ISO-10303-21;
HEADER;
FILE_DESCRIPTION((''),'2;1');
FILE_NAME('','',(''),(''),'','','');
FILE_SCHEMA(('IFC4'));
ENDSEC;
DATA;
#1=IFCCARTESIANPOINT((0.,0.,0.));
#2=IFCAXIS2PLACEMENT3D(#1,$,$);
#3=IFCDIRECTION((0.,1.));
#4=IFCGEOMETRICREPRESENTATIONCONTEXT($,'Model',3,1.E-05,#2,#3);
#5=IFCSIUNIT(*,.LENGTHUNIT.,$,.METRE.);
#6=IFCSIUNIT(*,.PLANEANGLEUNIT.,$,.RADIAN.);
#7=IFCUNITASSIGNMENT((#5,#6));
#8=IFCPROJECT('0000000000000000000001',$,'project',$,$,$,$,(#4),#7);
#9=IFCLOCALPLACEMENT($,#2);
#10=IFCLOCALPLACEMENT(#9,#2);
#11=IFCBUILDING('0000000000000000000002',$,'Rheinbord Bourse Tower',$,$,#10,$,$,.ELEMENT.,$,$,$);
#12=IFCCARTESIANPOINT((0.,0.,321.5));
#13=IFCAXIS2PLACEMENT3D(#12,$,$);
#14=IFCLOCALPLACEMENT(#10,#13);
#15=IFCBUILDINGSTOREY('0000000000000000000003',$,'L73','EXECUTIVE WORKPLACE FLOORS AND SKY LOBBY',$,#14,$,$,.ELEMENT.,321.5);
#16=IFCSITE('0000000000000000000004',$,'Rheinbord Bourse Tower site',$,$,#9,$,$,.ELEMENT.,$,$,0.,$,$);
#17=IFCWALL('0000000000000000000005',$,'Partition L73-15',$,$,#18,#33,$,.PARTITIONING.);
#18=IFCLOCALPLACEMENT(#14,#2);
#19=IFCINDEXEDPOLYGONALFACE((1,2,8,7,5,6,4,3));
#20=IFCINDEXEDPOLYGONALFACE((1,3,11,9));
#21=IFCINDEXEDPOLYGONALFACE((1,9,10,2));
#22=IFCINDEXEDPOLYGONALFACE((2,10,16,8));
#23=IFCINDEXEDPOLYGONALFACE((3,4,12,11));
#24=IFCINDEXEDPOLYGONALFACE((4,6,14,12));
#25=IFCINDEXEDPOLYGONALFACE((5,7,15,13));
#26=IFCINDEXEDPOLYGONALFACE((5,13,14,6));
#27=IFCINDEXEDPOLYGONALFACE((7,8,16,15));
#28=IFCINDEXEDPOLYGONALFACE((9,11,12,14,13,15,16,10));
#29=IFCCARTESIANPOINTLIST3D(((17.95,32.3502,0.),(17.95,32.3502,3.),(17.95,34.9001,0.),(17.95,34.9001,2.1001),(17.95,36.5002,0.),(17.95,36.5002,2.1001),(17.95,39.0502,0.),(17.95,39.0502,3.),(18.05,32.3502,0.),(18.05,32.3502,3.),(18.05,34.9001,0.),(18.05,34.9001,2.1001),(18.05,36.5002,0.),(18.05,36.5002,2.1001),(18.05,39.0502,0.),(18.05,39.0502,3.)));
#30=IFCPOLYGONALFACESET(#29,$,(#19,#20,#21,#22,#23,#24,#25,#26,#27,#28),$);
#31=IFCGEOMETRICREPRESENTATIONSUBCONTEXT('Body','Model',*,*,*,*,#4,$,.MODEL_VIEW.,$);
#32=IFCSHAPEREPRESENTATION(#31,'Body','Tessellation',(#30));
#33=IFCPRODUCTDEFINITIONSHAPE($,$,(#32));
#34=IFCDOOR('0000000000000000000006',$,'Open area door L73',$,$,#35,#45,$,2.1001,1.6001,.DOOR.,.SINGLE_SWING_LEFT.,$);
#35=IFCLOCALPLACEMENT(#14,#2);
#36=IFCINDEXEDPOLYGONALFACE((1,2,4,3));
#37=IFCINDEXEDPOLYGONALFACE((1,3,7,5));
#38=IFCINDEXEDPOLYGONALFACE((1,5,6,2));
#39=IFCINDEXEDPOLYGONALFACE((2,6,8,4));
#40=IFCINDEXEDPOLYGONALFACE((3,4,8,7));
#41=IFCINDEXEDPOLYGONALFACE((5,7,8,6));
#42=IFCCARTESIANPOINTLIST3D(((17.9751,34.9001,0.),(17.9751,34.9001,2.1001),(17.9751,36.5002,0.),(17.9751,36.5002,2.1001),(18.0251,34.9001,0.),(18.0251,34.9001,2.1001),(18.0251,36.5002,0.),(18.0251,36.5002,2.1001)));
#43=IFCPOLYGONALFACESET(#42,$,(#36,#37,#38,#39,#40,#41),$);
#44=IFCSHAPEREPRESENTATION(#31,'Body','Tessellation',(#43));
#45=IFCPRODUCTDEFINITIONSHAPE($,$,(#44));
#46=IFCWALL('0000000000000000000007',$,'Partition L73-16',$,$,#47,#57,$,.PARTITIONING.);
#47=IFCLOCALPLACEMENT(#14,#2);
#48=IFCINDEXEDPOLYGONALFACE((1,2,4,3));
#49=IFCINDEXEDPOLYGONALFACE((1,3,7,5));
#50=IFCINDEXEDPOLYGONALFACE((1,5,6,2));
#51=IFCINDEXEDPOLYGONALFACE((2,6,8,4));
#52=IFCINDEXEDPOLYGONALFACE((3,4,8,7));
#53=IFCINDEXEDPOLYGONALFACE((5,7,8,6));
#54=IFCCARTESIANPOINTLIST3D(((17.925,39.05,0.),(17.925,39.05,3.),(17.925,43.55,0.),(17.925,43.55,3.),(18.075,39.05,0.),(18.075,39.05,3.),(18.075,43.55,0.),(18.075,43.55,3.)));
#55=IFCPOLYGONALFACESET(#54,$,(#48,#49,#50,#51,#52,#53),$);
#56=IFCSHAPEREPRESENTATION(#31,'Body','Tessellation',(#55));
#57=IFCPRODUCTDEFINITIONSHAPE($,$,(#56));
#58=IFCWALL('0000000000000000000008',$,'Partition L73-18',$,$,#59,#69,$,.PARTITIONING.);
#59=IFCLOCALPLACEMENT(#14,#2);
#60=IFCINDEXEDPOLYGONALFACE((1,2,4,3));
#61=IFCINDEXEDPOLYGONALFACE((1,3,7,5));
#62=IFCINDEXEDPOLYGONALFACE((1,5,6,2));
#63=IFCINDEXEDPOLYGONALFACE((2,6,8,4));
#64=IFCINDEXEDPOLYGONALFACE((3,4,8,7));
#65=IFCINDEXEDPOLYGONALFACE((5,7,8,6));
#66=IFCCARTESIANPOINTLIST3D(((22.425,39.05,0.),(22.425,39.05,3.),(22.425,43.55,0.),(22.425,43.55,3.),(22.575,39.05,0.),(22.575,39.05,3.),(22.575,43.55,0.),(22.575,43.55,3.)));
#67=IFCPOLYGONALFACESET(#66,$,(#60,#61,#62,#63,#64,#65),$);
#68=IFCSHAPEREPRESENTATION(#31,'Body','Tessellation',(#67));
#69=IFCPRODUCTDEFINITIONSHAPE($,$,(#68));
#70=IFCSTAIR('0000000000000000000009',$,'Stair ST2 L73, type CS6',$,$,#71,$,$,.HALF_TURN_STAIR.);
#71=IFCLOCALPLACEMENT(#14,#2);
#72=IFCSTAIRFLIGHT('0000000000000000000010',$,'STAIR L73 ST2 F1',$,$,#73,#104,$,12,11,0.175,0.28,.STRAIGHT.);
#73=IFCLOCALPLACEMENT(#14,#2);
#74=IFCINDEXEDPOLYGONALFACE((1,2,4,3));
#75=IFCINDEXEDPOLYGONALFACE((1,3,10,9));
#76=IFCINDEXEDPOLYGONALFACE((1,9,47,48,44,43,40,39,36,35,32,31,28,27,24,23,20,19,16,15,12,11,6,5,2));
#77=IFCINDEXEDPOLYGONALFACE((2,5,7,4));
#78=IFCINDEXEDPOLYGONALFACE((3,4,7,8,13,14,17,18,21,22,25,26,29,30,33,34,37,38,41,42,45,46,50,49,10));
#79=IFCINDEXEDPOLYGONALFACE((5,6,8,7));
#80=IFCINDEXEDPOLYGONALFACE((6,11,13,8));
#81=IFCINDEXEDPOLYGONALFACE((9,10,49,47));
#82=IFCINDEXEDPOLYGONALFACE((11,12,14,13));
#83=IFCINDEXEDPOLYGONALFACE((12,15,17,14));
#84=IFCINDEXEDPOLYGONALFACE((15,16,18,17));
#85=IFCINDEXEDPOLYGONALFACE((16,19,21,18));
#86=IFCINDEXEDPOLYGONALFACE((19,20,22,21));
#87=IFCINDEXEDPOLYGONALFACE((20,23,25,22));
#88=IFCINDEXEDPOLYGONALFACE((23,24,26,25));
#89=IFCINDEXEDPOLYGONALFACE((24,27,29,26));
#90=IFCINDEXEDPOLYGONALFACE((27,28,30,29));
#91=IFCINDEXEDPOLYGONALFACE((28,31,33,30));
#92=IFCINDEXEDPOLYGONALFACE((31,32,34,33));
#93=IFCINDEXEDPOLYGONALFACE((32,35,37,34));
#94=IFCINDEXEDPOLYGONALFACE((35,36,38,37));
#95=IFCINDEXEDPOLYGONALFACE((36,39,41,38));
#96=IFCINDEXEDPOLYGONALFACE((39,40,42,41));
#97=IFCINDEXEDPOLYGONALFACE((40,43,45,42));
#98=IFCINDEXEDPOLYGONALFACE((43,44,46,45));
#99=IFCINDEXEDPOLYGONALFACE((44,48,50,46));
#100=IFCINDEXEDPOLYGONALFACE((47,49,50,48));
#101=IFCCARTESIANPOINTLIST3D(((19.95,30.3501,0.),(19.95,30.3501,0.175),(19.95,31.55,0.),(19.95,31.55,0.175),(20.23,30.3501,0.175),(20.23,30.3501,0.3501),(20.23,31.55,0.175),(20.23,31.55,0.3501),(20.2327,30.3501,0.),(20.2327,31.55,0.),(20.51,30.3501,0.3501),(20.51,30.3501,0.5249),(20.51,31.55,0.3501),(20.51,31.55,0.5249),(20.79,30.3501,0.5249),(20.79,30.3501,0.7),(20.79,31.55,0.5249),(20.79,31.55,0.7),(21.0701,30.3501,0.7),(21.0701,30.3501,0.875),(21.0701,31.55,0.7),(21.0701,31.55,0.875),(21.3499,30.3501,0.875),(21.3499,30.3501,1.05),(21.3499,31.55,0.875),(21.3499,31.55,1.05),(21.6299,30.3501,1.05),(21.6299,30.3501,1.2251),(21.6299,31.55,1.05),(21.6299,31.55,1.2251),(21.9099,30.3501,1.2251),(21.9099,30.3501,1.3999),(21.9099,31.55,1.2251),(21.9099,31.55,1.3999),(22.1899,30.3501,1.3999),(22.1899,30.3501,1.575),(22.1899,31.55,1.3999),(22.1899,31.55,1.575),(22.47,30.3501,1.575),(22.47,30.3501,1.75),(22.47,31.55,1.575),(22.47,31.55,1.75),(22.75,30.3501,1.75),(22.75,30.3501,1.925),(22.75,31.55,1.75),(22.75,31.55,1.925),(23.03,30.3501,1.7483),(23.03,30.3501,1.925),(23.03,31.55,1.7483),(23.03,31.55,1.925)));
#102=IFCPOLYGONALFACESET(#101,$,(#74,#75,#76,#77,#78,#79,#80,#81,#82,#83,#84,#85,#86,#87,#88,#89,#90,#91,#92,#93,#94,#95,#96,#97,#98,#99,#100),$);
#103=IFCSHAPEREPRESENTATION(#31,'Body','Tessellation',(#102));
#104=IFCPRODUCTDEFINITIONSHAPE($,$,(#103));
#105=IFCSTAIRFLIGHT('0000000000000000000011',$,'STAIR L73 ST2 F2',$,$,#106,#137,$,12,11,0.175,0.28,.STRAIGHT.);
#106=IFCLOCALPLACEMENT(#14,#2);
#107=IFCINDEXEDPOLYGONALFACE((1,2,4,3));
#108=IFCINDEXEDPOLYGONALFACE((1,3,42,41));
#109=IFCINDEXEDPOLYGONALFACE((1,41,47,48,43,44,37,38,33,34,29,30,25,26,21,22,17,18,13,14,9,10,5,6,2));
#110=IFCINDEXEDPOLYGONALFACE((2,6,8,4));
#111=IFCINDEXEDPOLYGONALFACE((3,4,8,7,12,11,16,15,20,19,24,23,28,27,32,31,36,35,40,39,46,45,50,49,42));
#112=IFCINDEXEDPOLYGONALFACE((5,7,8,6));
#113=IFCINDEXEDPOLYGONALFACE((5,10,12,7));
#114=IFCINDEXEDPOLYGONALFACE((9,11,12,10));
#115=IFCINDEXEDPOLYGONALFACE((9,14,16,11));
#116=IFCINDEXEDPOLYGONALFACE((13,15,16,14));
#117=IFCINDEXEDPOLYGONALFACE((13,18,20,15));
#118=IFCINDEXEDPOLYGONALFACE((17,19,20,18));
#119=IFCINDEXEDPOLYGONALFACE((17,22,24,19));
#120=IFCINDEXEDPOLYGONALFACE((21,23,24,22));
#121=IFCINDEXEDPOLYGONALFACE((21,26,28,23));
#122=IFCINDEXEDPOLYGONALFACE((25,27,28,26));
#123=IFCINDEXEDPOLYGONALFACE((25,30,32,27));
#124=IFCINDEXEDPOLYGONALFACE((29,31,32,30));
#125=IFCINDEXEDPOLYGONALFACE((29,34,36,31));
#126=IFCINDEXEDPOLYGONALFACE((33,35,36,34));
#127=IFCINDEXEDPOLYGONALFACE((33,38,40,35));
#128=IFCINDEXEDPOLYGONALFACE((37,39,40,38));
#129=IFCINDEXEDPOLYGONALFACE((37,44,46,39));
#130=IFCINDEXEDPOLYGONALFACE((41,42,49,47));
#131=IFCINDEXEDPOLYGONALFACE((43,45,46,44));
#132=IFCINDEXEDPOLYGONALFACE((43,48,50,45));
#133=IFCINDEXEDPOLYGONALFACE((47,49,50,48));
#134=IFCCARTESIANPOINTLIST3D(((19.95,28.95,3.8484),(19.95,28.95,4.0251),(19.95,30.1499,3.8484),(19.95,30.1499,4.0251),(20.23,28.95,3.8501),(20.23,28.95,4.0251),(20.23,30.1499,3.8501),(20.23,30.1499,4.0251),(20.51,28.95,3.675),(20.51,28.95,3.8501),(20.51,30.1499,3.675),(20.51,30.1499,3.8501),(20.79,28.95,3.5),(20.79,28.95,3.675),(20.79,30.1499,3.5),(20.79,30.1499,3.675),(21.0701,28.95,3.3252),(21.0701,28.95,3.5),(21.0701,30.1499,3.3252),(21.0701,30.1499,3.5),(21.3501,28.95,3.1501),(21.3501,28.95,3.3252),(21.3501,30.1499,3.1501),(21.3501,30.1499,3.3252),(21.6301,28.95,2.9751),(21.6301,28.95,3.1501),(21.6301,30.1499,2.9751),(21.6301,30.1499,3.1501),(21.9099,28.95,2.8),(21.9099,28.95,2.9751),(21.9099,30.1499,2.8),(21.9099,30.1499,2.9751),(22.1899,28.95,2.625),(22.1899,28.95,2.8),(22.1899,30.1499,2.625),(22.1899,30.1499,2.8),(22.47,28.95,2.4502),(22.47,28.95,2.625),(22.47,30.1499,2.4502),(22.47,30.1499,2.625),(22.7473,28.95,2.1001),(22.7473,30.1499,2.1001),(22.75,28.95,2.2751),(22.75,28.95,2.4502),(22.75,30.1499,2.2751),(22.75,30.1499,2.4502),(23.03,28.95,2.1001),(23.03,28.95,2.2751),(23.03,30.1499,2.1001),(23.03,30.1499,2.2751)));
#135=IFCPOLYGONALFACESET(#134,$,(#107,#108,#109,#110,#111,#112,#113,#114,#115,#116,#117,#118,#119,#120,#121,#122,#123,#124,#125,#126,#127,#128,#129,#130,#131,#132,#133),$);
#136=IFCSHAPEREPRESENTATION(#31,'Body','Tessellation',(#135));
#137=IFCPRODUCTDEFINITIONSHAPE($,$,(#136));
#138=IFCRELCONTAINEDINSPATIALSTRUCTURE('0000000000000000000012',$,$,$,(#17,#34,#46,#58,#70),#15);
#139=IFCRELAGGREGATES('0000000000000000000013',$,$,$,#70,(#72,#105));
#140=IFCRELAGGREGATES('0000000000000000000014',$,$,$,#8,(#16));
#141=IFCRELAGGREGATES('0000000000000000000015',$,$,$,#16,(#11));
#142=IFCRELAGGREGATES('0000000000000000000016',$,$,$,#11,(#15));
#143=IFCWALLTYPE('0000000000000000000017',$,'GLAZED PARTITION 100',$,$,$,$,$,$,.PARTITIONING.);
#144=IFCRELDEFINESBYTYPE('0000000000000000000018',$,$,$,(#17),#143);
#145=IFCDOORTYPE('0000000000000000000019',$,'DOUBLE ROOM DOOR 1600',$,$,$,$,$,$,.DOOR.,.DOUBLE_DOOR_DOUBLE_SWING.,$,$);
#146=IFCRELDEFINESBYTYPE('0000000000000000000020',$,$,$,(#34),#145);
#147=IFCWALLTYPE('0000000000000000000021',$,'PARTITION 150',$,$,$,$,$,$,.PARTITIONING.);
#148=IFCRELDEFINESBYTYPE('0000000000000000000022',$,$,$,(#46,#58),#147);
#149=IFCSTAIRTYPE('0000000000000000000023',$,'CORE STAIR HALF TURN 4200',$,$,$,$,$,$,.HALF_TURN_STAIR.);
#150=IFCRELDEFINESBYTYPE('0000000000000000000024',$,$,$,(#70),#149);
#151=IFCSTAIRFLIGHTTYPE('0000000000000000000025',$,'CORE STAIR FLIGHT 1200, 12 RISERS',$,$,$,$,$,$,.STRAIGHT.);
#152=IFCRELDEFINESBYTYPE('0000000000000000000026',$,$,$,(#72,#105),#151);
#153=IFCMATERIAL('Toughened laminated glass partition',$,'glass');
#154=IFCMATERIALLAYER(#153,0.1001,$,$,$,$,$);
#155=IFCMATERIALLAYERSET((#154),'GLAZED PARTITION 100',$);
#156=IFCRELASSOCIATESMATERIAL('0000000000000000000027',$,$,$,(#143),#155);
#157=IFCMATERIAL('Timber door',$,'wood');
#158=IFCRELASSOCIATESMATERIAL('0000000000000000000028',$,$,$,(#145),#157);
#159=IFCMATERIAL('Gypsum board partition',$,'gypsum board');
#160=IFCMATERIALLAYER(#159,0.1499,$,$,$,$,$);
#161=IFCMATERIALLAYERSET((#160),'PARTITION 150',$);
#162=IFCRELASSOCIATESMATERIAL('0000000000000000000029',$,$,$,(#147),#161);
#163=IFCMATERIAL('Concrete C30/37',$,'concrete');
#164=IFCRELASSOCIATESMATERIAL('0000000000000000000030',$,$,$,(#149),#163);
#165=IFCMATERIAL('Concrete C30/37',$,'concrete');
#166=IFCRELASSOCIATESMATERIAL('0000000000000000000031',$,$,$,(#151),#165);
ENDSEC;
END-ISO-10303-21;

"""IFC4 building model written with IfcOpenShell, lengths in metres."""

from ifc_helpers import new_model, si_unit, direction, frame, frame_2d, origin, place, context, subcontext, project, spatial, polyline, rectangle, outline, extrude, material, layer, layer_set, type_object, element, fill, aggregate, save


model = new_model("IFC4")

# Units and contexts
model_context = context("Model", 3, precision=1e-05, world=origin(), true_north=direction((0.0, 1.0)))
body_context = subcontext(model_context, "Body", "Model", "MODEL_VIEW")
ifc_project = project(units=[si_unit("LENGTHUNIT", "METRE"), si_unit("PLANEANGLEUNIT", "RADIAN")], contexts=[model_context])

# Site, building, storey
site_placement = place(None, origin())
site = spatial("IfcSite", under=ifc_project, at=site_placement, Name="Rheinbord Bourse Tower site", CompositionType="ELEMENT", RefElevation=0.0)
building_placement = place(site_placement, origin())
building = spatial("IfcBuilding", under=site, at=building_placement, Name="Rheinbord Bourse Tower", CompositionType="ELEMENT")
storey_placement = place(building_placement, frame((0.0, 0.0, 321.5)))
storey = spatial("IfcBuildingStorey", under=building, at=storey_placement, Name="L73", Description="EXECUTIVE WORKPLACE FLOORS AND SKY LOBBY", CompositionType="ELEMENT", Elevation=321.5)

# Wall, opening, door
ifc_material_1 = material(Name="Toughened laminated glass partition", Category="glass")
ifc_layer_1 = layer(ifc_material_1, 0.1001)
ifc_layer_set_1 = layer_set([ifc_layer_1], Name="GLAZED PARTITION 100")
wall_type_1 = type_object("IfcWallType", Name="GLAZED PARTITION 100", PredefinedType="PARTITIONING", material=ifc_layer_set_1)
wall_1_placement = place(storey_placement, frame((18.0, 32.3501, 0.0), z_axis=(0.0, 0.0, 1.0), x_axis=(0.0, 1.0, 0.0)))
wall_1 = element("IfcWall", 1, at=wall_1_placement, inside=storey, type_object=wall_type_1, Name="Partition L73-15", PredefinedType="PARTITIONING", context=body_context, shape_type="SweptSolid", body=[
    extrude(rectangle(XDim=6.7, YDim=0.1001, at=frame_2d((3.3501, 0.0))), origin(), (0.0, 0.0, 1.0), 3.0),
])
opening_1_placement = place(wall_1_placement, frame((2.55, 0.0, 0.0)))
opening_1 = element("IfcOpeningElement", 2, at=opening_1_placement, cuts=wall_1, PredefinedType="OPENING", context=body_context, shape_type="SweptSolid", body=[
    extrude(rectangle(XDim=1.6001, YDim=2.1001, at=frame_2d((0.8, 1.05))), frame((0.0, 0.0601, 0.0), z_axis=(0.0, -1.0, 0.0), x_axis=(1.0, 0.0, 0.0)), (0.0, 0.0, 1.0), 0.1201),
])
ifc_material_2 = material(Name="Timber door", Category="wood")
door_type_1 = type_object("IfcDoorType", Name="DOUBLE ROOM DOOR 1600", OperationType="DOUBLE_DOOR_DOUBLE_SWING", PredefinedType="DOOR", material=ifc_material_2)
door_1_placement = place(opening_1_placement, origin())
door_1 = element("IfcDoor", 3, at=door_1_placement, inside=storey, type_object=door_type_1, Name="Open area door L73", OperationType="SINGLE_SWING_LEFT", OverallHeight=2.1001, OverallWidth=1.6001, PredefinedType="DOOR", context=body_context, shape_type="SweptSolid", body=[
    extrude(rectangle(XDim=1.6001, YDim=2.1001, at=frame_2d((0.8, 1.05))), frame((0.0, 0.0249, 0.0), z_axis=(0.0, -1.0, 0.0), x_axis=(1.0, 0.0, 0.0)), (0.0, 0.0, 1.0), 0.05),
])
fill(opening_1, door_1)

# Walls
ifc_material_3 = material(Name="Gypsum board partition", Category="gypsum board")
ifc_layer_2 = layer(ifc_material_3, 0.1499)
ifc_layer_set_2 = layer_set([ifc_layer_2], Name="PARTITION 150")
wall_type_2 = type_object("IfcWallType", Name="PARTITION 150", PredefinedType="PARTITIONING", material=ifc_layer_set_2)
for number, where, z_axis, x_axis, name in (
    (4, (18.0, 39.05, 0.0), (0.0, 0.0, 1.0), (0.0, 1.0, 0.0), "Partition L73-16"),
    (5, (22.5, 39.05, 0.0), (0.0, 0.0, 1.0), (0.0, 1.0, 0.0), "Partition L73-18"),
):
    element("IfcWall", number, at=place(storey_placement, frame(where, z_axis=z_axis, x_axis=x_axis)), inside=storey, type_object=wall_type_2, Name=name, PredefinedType="PARTITIONING", context=body_context, shape_type="SweptSolid", body=[
        extrude(rectangle(XDim=4.5, YDim=0.1499, at=frame_2d((2.25, 0.0))), origin(), (0.0, 0.0, 1.0), 3.0),
    ])

# Stair, stair flights
ifc_material_4 = material(Name="Concrete C30/37", Category="concrete")
stair_type = type_object("IfcStairType", Name="CORE STAIR HALF TURN 4200", PredefinedType="HALF_TURN_STAIR", material=ifc_material_4)
stair_placement = place(storey_placement, origin())
stair = element("IfcStair", 6, at=stair_placement, inside=storey, type_object=stair_type, Name="Stair ST2 L73, type CS6", PredefinedType="HALF_TURN_STAIR")
ifc_material_5 = material(Name="Concrete C30/37", Category="concrete")
stair_flight_type = type_object("IfcStairFlightType", Name="CORE STAIR FLIGHT 1200, 12 RISERS", PredefinedType="STRAIGHT", material=ifc_material_5)
stair_flight_1_placement = place(storey_placement, frame((19.95, 30.95, 0.0), z_axis=(0.0, 0.0, 1.0), x_axis=(1.0, 0.0, 0.0)))
stair_flight_1 = element("IfcStairFlight", 7, at=stair_flight_1_placement, type_object=stair_flight_type, Name="STAIR L73 ST2 F1", NumberOfRisers=12, NumberOfTreads=11, PredefinedType="STRAIGHT", RiserHeight=0.175, TreadLength=0.28, context=body_context, shape_type="SweptSolid", body=[
    extrude(outline(polyline([(0.0, 0.0), (0.0, 0.175), (0.28, 0.175), (0.28, 0.3501), (0.5601, 0.3501), (0.5601, 0.5249), (0.8401, 0.5249), (0.8401, 0.7), (1.1201, 0.7), (1.1201, 0.875), (1.3999, 0.875), (1.3999, 1.05), (1.6799, 1.05), (1.6799, 1.2251), (1.96, 1.2251), (1.96, 1.3999), (2.24, 1.3999), (2.24, 1.575), (2.52, 1.575), (2.52, 1.75), (2.8, 1.75), (2.8, 1.925), (3.0801, 1.925), (3.0801, 2.1001), (3.0801, 1.7483), (0.2827, 0.0), (0.0, 0.0)])), frame((0.0, 0.6001, 0.0), z_axis=(0.0, -1.0, 0.0), x_axis=(1.0, 0.0, 0.0)), (0.0, 0.0, 1.0), 1.2),
])
stair_flight_2_placement = place(storey_placement, frame((23.03, 29.55, 2.1001), z_axis=(0.0, 0.0, 1.0), x_axis=(-1.0, 0.0, 0.0)))
stair_flight_2 = element("IfcStairFlight", 8, at=stair_flight_2_placement, type_object=stair_flight_type, Name="STAIR L73 ST2 F2", NumberOfRisers=12, NumberOfTreads=11, PredefinedType="STRAIGHT", RiserHeight=0.175, TreadLength=0.28, context=body_context, shape_type="SweptSolid", body=[
    extrude(outline(polyline([(0.0, 0.0), (0.0, 0.175), (0.28, 0.175), (0.28, 0.3501), (0.5601, 0.3501), (0.5601, 0.5249), (0.8401, 0.5249), (0.8401, 0.7), (1.1201, 0.7), (1.1201, 0.875), (1.3999, 0.875), (1.3999, 1.05), (1.6799, 1.05), (1.6799, 1.2251), (1.96, 1.2251), (1.96, 1.3999), (2.24, 1.3999), (2.24, 1.575), (2.52, 1.575), (2.52, 1.75), (2.8, 1.75), (2.8, 1.925), (3.0801, 1.925), (3.0801, 2.1001), (3.0801, 1.7483), (0.2827, 0.0), (0.0, 0.0)])), frame((0.0, 0.6001, 0.0), z_axis=(0.0, -1.0, 0.0), x_axis=(1.0, 0.0, 0.0)), (0.0, 0.0, 1.0), 1.2),
])
aggregate(stair, [stair_flight_1, stair_flight_2])

save(model, "model.ifc")
